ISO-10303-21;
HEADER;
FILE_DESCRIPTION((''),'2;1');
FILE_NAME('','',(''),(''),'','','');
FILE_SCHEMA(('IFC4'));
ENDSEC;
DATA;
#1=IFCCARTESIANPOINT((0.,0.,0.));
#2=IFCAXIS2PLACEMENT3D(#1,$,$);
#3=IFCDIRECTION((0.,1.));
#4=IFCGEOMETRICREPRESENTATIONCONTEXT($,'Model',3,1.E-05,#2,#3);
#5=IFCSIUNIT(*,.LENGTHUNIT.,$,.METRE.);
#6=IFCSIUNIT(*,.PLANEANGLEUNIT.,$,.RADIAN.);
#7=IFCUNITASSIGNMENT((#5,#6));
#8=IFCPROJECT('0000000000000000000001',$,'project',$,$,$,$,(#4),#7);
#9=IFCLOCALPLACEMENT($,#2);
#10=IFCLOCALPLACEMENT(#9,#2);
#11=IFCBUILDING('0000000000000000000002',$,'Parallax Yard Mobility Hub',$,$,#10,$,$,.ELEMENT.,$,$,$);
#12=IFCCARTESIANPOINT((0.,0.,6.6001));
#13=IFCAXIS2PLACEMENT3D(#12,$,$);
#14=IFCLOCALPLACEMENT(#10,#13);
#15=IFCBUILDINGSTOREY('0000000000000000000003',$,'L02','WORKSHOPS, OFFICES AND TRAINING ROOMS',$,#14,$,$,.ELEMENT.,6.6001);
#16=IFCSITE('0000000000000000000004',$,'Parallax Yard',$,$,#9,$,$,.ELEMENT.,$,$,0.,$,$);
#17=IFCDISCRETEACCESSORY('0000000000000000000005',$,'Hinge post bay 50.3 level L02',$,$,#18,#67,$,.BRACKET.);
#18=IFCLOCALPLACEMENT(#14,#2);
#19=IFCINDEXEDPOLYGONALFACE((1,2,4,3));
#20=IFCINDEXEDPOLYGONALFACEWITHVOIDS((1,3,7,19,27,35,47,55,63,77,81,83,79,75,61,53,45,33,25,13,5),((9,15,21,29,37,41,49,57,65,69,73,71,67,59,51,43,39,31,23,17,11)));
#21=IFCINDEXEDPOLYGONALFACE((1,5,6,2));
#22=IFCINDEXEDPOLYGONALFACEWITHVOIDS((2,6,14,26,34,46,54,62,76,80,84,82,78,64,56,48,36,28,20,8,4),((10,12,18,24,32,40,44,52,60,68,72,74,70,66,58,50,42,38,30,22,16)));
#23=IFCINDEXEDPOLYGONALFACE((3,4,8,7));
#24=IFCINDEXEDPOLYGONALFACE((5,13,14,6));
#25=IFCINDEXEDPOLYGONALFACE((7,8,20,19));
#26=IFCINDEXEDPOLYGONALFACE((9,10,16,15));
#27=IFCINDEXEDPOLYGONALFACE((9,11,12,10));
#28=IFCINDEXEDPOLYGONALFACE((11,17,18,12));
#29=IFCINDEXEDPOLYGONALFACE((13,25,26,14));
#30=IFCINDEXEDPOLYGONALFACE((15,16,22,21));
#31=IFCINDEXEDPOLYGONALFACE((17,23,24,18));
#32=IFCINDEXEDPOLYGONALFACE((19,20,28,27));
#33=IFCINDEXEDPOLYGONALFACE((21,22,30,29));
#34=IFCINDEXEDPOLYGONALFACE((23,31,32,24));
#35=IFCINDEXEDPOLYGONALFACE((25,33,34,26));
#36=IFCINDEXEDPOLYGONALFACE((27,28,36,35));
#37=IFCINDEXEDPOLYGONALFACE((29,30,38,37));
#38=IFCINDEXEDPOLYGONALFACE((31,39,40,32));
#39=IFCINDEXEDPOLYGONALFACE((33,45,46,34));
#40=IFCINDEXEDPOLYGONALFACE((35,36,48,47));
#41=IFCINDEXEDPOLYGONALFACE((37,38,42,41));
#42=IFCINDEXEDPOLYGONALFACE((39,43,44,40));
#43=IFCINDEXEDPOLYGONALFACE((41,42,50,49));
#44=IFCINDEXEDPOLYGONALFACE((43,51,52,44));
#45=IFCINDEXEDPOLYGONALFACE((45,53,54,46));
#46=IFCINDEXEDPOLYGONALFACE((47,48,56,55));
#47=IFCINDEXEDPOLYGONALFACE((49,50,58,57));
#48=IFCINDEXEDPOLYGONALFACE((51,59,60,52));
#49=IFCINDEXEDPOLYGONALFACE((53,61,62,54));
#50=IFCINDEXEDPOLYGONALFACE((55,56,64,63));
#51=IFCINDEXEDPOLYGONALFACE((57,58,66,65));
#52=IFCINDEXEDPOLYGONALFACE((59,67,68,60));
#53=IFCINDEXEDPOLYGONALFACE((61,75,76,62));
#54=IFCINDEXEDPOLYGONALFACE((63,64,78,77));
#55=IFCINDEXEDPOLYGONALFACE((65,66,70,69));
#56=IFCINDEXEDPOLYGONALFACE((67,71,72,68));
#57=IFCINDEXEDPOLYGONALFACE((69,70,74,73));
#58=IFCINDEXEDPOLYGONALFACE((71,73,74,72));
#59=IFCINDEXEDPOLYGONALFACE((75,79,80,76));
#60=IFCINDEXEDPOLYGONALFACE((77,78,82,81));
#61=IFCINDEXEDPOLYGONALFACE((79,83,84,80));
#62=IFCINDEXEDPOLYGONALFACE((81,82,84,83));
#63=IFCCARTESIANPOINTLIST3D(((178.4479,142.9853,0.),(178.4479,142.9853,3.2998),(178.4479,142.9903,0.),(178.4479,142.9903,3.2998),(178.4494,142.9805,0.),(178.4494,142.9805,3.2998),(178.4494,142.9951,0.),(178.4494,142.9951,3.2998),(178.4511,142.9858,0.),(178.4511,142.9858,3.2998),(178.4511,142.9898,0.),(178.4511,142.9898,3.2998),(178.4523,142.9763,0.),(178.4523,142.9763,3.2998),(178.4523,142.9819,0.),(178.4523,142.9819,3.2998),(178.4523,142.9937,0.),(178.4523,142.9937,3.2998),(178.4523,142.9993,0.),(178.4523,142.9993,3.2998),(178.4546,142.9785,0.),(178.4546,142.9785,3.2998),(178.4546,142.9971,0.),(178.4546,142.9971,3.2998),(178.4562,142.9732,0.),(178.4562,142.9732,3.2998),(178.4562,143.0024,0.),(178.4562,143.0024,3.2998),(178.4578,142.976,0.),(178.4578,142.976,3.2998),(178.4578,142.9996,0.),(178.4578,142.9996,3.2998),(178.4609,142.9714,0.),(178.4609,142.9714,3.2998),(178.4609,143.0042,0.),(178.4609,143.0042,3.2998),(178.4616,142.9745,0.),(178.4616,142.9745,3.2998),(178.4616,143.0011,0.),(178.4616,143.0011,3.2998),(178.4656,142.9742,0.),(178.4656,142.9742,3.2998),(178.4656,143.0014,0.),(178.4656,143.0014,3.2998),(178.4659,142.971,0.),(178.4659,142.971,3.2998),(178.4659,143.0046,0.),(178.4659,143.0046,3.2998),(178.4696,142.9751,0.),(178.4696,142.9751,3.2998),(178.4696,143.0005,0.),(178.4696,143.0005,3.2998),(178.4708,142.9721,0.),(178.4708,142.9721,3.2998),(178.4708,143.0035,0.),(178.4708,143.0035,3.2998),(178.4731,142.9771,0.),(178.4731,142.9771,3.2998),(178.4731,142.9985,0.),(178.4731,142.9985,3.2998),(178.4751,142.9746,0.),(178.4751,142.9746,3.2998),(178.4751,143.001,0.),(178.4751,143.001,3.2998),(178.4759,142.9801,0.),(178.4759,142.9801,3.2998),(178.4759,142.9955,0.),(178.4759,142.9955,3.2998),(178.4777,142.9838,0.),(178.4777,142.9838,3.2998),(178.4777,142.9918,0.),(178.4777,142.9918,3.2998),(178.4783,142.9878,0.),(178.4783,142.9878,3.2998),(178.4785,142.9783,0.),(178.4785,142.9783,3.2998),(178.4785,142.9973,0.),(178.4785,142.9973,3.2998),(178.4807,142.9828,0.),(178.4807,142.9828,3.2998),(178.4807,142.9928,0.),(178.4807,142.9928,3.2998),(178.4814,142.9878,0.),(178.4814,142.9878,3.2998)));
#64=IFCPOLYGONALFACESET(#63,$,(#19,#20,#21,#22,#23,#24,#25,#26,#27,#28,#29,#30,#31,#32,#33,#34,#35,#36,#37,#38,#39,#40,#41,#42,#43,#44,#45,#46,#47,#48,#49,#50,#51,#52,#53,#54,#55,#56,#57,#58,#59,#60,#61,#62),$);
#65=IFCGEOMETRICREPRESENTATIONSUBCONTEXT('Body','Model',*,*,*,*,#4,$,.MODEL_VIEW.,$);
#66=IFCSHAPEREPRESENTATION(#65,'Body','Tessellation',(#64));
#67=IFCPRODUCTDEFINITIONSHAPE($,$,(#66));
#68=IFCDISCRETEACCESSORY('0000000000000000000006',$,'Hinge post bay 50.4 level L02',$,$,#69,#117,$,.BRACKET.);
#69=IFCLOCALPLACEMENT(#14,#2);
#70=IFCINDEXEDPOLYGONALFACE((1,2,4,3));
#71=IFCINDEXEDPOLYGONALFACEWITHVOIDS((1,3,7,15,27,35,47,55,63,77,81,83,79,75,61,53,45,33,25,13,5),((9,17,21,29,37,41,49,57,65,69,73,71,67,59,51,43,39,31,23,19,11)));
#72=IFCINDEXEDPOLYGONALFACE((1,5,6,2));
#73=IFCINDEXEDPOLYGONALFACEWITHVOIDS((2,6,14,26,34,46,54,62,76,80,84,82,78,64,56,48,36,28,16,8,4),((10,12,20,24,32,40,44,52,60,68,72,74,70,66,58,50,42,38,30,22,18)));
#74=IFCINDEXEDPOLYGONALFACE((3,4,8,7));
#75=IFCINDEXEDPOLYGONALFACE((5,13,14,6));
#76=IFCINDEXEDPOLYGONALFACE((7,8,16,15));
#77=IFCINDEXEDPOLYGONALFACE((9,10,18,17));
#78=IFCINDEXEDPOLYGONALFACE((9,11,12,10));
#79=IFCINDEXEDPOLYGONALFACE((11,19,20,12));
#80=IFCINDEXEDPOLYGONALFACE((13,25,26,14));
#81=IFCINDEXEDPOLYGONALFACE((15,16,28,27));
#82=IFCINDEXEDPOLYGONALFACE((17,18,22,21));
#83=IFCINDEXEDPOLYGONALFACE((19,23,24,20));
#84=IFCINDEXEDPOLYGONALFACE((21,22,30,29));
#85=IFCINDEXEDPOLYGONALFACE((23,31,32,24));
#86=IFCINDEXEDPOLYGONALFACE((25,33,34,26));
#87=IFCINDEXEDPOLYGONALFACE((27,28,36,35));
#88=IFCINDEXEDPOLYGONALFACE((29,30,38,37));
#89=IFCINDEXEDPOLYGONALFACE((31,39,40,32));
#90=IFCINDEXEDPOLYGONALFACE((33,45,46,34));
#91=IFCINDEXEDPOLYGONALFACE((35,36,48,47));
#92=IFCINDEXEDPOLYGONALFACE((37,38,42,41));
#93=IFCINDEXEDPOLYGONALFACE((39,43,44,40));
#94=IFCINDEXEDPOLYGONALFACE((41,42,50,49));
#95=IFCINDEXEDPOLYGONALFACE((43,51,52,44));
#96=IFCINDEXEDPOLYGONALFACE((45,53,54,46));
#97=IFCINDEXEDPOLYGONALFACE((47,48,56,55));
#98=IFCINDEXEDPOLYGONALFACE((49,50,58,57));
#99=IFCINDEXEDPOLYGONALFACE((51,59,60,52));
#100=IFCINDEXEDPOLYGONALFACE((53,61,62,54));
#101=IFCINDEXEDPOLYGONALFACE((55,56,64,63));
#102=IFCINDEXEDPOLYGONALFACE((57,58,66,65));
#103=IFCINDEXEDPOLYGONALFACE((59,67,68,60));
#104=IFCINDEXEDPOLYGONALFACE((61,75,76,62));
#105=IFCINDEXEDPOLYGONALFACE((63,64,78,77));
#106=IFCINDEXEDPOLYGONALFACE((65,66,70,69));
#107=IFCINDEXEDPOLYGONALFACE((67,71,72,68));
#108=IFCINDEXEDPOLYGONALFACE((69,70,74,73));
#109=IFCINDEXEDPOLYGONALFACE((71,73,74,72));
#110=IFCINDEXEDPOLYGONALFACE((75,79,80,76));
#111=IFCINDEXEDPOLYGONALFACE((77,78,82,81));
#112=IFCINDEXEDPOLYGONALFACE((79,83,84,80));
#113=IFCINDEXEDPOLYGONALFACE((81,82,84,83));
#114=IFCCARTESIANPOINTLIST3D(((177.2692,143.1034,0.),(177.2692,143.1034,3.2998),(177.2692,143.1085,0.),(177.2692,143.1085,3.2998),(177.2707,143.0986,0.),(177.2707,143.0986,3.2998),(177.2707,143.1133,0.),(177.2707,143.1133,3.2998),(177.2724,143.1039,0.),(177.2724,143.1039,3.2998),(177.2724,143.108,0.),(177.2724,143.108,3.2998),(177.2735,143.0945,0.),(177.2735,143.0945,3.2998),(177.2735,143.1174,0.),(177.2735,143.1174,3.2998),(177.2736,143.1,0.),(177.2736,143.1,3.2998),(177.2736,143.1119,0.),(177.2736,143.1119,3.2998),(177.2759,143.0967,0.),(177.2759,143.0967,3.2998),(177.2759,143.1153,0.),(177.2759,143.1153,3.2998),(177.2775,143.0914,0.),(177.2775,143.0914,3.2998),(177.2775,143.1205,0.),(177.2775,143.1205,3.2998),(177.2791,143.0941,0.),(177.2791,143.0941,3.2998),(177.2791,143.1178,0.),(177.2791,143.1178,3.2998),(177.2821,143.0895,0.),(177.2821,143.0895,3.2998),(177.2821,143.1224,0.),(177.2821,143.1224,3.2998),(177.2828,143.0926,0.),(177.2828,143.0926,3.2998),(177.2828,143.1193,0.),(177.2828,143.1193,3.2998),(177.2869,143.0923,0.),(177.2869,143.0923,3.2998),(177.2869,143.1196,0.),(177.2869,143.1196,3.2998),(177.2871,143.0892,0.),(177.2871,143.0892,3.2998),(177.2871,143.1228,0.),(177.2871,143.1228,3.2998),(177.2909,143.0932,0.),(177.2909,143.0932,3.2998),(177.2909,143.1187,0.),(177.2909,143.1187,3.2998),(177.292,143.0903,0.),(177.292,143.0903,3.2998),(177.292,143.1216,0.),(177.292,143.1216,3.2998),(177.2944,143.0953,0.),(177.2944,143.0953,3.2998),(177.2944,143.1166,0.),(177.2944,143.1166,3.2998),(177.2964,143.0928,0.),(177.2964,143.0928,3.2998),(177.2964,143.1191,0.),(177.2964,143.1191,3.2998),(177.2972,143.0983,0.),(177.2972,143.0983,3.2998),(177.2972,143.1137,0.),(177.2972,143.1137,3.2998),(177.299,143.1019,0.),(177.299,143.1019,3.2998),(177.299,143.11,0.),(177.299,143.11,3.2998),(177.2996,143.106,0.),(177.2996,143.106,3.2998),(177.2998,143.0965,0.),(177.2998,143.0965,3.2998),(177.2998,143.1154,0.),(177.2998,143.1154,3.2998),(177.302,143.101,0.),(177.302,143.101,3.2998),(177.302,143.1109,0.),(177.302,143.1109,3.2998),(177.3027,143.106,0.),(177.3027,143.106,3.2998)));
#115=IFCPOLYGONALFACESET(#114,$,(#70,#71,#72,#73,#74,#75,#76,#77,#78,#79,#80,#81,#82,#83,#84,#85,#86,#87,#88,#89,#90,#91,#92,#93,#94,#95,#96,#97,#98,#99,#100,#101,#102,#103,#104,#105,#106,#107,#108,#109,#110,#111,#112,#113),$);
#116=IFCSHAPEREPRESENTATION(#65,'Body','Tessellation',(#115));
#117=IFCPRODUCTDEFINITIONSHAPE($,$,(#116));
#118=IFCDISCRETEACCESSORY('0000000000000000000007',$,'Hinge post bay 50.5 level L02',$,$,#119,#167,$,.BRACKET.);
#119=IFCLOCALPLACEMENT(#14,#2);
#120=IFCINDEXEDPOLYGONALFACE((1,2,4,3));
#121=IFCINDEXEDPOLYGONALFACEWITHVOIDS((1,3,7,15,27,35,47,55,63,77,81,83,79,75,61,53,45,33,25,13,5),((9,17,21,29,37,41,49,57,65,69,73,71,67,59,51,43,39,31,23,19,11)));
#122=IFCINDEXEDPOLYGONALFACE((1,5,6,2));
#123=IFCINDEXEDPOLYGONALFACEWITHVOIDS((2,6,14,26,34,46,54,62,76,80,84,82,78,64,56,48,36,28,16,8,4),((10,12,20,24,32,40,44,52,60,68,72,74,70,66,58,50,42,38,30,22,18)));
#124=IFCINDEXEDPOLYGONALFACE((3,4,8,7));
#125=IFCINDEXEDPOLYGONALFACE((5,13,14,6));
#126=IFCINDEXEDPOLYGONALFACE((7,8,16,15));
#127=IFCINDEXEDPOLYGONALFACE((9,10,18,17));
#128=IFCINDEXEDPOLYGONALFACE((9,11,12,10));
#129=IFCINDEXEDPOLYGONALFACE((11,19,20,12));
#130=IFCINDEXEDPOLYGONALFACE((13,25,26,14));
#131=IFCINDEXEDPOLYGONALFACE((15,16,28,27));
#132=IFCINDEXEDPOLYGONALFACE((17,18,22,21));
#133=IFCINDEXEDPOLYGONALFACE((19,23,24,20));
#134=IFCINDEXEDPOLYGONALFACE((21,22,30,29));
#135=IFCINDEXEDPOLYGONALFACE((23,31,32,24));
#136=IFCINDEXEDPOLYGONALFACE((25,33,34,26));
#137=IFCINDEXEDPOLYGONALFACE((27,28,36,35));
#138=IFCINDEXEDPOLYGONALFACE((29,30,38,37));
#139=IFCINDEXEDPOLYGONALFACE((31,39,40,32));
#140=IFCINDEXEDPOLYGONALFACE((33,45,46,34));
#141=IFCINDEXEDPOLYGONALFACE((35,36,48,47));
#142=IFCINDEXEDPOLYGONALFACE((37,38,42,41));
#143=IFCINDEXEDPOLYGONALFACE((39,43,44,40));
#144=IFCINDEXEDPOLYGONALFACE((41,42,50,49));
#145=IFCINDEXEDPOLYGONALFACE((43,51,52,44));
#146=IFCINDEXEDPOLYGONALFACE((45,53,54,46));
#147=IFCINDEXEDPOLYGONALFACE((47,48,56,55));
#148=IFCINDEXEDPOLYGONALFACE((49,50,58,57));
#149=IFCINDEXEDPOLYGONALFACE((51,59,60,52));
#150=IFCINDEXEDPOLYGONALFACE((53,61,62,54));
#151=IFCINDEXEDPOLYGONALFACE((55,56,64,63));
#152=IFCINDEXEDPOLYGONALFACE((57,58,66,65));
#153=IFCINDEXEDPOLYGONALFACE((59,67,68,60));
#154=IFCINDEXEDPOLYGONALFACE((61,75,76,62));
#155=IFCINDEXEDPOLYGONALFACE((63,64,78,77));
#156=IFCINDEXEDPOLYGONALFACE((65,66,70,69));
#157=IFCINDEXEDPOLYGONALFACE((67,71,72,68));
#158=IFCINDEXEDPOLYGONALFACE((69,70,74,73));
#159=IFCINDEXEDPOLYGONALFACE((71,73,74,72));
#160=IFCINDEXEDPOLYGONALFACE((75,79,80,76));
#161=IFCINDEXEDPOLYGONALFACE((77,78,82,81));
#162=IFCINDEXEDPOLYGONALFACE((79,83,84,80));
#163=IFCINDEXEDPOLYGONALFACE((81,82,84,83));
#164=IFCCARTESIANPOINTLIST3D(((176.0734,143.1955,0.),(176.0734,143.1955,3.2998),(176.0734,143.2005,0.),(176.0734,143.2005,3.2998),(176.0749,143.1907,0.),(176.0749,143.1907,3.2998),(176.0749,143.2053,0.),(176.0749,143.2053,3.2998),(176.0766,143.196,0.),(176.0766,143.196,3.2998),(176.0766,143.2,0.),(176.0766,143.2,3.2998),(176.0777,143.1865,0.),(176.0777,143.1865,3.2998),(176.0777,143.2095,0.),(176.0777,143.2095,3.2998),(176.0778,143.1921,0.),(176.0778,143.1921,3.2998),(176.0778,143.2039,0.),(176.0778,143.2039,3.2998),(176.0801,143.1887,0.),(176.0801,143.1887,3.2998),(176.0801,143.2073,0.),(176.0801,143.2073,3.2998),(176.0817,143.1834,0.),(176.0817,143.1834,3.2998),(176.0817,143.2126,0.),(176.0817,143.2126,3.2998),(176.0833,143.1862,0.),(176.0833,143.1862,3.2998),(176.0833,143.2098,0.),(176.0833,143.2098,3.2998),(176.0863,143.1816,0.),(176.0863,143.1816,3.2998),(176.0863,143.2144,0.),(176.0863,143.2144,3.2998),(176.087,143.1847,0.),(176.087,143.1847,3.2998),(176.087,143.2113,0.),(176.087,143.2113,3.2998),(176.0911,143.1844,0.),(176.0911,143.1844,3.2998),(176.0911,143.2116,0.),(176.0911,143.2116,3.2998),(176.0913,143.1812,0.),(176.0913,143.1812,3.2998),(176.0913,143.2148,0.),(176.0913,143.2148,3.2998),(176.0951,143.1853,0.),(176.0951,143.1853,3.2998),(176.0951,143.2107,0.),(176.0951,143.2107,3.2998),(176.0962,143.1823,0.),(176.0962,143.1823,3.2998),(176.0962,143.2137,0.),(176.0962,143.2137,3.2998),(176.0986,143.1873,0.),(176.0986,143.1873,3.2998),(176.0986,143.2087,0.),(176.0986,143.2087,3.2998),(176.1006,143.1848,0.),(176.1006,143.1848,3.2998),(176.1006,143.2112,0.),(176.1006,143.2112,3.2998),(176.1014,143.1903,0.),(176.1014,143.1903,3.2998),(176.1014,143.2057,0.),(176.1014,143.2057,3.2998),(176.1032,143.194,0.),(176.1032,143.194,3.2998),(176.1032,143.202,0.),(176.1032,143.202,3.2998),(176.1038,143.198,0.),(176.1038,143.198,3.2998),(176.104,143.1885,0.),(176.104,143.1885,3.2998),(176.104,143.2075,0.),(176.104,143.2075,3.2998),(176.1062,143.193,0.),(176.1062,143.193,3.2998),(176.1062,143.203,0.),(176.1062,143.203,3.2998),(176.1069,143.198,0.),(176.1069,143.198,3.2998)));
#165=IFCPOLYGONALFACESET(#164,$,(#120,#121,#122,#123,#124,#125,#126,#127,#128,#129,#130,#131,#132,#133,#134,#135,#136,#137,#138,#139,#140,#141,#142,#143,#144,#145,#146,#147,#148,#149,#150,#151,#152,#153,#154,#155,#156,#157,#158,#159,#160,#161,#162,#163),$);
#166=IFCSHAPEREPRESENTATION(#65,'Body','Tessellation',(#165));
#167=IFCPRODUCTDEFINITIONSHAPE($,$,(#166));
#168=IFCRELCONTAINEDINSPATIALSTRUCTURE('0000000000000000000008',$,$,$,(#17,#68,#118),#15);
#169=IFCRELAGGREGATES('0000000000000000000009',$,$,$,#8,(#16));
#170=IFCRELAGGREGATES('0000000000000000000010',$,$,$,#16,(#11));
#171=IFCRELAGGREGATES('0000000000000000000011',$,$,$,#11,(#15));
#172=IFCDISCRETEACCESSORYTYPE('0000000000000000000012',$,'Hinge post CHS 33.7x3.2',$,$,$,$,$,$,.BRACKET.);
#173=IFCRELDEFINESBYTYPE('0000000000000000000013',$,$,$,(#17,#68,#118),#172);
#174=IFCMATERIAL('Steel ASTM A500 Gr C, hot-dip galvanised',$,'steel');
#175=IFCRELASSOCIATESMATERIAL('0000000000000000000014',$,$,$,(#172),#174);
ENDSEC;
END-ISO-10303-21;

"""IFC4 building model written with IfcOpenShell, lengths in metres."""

from ifc_helpers import new_model, si_unit, direction, frame, origin, origin_2d, place, context, subcontext, project, spatial, hollow_circle, extrude, material, material_profile, profile_set, type_object, element, save


model = new_model("IFC4")

# Units and contexts
model_context = context("Model", 3, precision=1e-05, world=origin(), true_north=direction((0.0, 1.0)))
body_context = subcontext(model_context, "Body", "Model", "MODEL_VIEW")
ifc_project = project(units=[si_unit("LENGTHUNIT", "METRE"), si_unit("PLANEANGLEUNIT", "RADIAN")], contexts=[model_context])

# Site, building, storey
site_placement = place(None, origin())
site = spatial("IfcSite", under=ifc_project, at=site_placement, Name="Parallax Yard", CompositionType="ELEMENT", RefElevation=0.0)
building_placement = place(site_placement, origin())
building = spatial("IfcBuilding", under=site, at=building_placement, Name="Parallax Yard Mobility Hub", CompositionType="ELEMENT")
storey_placement = place(building_placement, frame((0.0, 0.0, 6.6001)))
storey = spatial("IfcBuildingStorey", under=building, at=storey_placement, Name="L02", Description="WORKSHOPS, OFFICES AND TRAINING ROOMS", CompositionType="ELEMENT", Elevation=6.6001)

# Discrete accessories
ifc_material_1 = material(Name="Steel ASTM A500 Gr C, hot-dip galvanised", Category="steel")
ifc_material_profile = material_profile(ifc_material_1, hollow_circle(Radius=0.0168, WallThickness=0.0032, at=origin_2d()), Name="CHS 33.7x3.2")
ifc_profile_set = profile_set([ifc_material_profile], Name="Steel ASTM A500 Gr C, hot-dip galvanised")
discrete_accessory_type_1 = type_object("IfcDiscreteAccessoryType", Name="Hinge post CHS 33.7x3.2", PredefinedType="BRACKET", material=ifc_profile_set)
for number, where, z_axis, x_axis, name in (
    (1, (178.4646, 142.9878, 0.0), (0.0, 0.0, 1.0), (1.0, 0.0, 0.0), "Hinge post bay 50.3 level L02"),
    (2, (177.2859, 143.106, 0.0), (0.0, 0.0, 1.0), (1.0, 0.0, 0.0), "Hinge post bay 50.4 level L02"),
    (3, (176.0901, 143.198, 0.0), (0.0, 0.0, 1.0), (1.0, 0.0, 0.0), "Hinge post bay 50.5 level L02"),
):
    element("IfcDiscreteAccessory", number, at=place(storey_placement, frame(where, z_axis=z_axis, x_axis=x_axis)), inside=storey, type_object=discrete_accessory_type_1, Name=name, PredefinedType="BRACKET", context=body_context, shape_type="SweptSolid", body=[
        extrude(hollow_circle(Radius=0.0168, WallThickness=0.0032, at=origin_2d()), origin(), (0.0, 0.0, 1.0), 3.2998),
    ])

save(model, "model.ifc")
